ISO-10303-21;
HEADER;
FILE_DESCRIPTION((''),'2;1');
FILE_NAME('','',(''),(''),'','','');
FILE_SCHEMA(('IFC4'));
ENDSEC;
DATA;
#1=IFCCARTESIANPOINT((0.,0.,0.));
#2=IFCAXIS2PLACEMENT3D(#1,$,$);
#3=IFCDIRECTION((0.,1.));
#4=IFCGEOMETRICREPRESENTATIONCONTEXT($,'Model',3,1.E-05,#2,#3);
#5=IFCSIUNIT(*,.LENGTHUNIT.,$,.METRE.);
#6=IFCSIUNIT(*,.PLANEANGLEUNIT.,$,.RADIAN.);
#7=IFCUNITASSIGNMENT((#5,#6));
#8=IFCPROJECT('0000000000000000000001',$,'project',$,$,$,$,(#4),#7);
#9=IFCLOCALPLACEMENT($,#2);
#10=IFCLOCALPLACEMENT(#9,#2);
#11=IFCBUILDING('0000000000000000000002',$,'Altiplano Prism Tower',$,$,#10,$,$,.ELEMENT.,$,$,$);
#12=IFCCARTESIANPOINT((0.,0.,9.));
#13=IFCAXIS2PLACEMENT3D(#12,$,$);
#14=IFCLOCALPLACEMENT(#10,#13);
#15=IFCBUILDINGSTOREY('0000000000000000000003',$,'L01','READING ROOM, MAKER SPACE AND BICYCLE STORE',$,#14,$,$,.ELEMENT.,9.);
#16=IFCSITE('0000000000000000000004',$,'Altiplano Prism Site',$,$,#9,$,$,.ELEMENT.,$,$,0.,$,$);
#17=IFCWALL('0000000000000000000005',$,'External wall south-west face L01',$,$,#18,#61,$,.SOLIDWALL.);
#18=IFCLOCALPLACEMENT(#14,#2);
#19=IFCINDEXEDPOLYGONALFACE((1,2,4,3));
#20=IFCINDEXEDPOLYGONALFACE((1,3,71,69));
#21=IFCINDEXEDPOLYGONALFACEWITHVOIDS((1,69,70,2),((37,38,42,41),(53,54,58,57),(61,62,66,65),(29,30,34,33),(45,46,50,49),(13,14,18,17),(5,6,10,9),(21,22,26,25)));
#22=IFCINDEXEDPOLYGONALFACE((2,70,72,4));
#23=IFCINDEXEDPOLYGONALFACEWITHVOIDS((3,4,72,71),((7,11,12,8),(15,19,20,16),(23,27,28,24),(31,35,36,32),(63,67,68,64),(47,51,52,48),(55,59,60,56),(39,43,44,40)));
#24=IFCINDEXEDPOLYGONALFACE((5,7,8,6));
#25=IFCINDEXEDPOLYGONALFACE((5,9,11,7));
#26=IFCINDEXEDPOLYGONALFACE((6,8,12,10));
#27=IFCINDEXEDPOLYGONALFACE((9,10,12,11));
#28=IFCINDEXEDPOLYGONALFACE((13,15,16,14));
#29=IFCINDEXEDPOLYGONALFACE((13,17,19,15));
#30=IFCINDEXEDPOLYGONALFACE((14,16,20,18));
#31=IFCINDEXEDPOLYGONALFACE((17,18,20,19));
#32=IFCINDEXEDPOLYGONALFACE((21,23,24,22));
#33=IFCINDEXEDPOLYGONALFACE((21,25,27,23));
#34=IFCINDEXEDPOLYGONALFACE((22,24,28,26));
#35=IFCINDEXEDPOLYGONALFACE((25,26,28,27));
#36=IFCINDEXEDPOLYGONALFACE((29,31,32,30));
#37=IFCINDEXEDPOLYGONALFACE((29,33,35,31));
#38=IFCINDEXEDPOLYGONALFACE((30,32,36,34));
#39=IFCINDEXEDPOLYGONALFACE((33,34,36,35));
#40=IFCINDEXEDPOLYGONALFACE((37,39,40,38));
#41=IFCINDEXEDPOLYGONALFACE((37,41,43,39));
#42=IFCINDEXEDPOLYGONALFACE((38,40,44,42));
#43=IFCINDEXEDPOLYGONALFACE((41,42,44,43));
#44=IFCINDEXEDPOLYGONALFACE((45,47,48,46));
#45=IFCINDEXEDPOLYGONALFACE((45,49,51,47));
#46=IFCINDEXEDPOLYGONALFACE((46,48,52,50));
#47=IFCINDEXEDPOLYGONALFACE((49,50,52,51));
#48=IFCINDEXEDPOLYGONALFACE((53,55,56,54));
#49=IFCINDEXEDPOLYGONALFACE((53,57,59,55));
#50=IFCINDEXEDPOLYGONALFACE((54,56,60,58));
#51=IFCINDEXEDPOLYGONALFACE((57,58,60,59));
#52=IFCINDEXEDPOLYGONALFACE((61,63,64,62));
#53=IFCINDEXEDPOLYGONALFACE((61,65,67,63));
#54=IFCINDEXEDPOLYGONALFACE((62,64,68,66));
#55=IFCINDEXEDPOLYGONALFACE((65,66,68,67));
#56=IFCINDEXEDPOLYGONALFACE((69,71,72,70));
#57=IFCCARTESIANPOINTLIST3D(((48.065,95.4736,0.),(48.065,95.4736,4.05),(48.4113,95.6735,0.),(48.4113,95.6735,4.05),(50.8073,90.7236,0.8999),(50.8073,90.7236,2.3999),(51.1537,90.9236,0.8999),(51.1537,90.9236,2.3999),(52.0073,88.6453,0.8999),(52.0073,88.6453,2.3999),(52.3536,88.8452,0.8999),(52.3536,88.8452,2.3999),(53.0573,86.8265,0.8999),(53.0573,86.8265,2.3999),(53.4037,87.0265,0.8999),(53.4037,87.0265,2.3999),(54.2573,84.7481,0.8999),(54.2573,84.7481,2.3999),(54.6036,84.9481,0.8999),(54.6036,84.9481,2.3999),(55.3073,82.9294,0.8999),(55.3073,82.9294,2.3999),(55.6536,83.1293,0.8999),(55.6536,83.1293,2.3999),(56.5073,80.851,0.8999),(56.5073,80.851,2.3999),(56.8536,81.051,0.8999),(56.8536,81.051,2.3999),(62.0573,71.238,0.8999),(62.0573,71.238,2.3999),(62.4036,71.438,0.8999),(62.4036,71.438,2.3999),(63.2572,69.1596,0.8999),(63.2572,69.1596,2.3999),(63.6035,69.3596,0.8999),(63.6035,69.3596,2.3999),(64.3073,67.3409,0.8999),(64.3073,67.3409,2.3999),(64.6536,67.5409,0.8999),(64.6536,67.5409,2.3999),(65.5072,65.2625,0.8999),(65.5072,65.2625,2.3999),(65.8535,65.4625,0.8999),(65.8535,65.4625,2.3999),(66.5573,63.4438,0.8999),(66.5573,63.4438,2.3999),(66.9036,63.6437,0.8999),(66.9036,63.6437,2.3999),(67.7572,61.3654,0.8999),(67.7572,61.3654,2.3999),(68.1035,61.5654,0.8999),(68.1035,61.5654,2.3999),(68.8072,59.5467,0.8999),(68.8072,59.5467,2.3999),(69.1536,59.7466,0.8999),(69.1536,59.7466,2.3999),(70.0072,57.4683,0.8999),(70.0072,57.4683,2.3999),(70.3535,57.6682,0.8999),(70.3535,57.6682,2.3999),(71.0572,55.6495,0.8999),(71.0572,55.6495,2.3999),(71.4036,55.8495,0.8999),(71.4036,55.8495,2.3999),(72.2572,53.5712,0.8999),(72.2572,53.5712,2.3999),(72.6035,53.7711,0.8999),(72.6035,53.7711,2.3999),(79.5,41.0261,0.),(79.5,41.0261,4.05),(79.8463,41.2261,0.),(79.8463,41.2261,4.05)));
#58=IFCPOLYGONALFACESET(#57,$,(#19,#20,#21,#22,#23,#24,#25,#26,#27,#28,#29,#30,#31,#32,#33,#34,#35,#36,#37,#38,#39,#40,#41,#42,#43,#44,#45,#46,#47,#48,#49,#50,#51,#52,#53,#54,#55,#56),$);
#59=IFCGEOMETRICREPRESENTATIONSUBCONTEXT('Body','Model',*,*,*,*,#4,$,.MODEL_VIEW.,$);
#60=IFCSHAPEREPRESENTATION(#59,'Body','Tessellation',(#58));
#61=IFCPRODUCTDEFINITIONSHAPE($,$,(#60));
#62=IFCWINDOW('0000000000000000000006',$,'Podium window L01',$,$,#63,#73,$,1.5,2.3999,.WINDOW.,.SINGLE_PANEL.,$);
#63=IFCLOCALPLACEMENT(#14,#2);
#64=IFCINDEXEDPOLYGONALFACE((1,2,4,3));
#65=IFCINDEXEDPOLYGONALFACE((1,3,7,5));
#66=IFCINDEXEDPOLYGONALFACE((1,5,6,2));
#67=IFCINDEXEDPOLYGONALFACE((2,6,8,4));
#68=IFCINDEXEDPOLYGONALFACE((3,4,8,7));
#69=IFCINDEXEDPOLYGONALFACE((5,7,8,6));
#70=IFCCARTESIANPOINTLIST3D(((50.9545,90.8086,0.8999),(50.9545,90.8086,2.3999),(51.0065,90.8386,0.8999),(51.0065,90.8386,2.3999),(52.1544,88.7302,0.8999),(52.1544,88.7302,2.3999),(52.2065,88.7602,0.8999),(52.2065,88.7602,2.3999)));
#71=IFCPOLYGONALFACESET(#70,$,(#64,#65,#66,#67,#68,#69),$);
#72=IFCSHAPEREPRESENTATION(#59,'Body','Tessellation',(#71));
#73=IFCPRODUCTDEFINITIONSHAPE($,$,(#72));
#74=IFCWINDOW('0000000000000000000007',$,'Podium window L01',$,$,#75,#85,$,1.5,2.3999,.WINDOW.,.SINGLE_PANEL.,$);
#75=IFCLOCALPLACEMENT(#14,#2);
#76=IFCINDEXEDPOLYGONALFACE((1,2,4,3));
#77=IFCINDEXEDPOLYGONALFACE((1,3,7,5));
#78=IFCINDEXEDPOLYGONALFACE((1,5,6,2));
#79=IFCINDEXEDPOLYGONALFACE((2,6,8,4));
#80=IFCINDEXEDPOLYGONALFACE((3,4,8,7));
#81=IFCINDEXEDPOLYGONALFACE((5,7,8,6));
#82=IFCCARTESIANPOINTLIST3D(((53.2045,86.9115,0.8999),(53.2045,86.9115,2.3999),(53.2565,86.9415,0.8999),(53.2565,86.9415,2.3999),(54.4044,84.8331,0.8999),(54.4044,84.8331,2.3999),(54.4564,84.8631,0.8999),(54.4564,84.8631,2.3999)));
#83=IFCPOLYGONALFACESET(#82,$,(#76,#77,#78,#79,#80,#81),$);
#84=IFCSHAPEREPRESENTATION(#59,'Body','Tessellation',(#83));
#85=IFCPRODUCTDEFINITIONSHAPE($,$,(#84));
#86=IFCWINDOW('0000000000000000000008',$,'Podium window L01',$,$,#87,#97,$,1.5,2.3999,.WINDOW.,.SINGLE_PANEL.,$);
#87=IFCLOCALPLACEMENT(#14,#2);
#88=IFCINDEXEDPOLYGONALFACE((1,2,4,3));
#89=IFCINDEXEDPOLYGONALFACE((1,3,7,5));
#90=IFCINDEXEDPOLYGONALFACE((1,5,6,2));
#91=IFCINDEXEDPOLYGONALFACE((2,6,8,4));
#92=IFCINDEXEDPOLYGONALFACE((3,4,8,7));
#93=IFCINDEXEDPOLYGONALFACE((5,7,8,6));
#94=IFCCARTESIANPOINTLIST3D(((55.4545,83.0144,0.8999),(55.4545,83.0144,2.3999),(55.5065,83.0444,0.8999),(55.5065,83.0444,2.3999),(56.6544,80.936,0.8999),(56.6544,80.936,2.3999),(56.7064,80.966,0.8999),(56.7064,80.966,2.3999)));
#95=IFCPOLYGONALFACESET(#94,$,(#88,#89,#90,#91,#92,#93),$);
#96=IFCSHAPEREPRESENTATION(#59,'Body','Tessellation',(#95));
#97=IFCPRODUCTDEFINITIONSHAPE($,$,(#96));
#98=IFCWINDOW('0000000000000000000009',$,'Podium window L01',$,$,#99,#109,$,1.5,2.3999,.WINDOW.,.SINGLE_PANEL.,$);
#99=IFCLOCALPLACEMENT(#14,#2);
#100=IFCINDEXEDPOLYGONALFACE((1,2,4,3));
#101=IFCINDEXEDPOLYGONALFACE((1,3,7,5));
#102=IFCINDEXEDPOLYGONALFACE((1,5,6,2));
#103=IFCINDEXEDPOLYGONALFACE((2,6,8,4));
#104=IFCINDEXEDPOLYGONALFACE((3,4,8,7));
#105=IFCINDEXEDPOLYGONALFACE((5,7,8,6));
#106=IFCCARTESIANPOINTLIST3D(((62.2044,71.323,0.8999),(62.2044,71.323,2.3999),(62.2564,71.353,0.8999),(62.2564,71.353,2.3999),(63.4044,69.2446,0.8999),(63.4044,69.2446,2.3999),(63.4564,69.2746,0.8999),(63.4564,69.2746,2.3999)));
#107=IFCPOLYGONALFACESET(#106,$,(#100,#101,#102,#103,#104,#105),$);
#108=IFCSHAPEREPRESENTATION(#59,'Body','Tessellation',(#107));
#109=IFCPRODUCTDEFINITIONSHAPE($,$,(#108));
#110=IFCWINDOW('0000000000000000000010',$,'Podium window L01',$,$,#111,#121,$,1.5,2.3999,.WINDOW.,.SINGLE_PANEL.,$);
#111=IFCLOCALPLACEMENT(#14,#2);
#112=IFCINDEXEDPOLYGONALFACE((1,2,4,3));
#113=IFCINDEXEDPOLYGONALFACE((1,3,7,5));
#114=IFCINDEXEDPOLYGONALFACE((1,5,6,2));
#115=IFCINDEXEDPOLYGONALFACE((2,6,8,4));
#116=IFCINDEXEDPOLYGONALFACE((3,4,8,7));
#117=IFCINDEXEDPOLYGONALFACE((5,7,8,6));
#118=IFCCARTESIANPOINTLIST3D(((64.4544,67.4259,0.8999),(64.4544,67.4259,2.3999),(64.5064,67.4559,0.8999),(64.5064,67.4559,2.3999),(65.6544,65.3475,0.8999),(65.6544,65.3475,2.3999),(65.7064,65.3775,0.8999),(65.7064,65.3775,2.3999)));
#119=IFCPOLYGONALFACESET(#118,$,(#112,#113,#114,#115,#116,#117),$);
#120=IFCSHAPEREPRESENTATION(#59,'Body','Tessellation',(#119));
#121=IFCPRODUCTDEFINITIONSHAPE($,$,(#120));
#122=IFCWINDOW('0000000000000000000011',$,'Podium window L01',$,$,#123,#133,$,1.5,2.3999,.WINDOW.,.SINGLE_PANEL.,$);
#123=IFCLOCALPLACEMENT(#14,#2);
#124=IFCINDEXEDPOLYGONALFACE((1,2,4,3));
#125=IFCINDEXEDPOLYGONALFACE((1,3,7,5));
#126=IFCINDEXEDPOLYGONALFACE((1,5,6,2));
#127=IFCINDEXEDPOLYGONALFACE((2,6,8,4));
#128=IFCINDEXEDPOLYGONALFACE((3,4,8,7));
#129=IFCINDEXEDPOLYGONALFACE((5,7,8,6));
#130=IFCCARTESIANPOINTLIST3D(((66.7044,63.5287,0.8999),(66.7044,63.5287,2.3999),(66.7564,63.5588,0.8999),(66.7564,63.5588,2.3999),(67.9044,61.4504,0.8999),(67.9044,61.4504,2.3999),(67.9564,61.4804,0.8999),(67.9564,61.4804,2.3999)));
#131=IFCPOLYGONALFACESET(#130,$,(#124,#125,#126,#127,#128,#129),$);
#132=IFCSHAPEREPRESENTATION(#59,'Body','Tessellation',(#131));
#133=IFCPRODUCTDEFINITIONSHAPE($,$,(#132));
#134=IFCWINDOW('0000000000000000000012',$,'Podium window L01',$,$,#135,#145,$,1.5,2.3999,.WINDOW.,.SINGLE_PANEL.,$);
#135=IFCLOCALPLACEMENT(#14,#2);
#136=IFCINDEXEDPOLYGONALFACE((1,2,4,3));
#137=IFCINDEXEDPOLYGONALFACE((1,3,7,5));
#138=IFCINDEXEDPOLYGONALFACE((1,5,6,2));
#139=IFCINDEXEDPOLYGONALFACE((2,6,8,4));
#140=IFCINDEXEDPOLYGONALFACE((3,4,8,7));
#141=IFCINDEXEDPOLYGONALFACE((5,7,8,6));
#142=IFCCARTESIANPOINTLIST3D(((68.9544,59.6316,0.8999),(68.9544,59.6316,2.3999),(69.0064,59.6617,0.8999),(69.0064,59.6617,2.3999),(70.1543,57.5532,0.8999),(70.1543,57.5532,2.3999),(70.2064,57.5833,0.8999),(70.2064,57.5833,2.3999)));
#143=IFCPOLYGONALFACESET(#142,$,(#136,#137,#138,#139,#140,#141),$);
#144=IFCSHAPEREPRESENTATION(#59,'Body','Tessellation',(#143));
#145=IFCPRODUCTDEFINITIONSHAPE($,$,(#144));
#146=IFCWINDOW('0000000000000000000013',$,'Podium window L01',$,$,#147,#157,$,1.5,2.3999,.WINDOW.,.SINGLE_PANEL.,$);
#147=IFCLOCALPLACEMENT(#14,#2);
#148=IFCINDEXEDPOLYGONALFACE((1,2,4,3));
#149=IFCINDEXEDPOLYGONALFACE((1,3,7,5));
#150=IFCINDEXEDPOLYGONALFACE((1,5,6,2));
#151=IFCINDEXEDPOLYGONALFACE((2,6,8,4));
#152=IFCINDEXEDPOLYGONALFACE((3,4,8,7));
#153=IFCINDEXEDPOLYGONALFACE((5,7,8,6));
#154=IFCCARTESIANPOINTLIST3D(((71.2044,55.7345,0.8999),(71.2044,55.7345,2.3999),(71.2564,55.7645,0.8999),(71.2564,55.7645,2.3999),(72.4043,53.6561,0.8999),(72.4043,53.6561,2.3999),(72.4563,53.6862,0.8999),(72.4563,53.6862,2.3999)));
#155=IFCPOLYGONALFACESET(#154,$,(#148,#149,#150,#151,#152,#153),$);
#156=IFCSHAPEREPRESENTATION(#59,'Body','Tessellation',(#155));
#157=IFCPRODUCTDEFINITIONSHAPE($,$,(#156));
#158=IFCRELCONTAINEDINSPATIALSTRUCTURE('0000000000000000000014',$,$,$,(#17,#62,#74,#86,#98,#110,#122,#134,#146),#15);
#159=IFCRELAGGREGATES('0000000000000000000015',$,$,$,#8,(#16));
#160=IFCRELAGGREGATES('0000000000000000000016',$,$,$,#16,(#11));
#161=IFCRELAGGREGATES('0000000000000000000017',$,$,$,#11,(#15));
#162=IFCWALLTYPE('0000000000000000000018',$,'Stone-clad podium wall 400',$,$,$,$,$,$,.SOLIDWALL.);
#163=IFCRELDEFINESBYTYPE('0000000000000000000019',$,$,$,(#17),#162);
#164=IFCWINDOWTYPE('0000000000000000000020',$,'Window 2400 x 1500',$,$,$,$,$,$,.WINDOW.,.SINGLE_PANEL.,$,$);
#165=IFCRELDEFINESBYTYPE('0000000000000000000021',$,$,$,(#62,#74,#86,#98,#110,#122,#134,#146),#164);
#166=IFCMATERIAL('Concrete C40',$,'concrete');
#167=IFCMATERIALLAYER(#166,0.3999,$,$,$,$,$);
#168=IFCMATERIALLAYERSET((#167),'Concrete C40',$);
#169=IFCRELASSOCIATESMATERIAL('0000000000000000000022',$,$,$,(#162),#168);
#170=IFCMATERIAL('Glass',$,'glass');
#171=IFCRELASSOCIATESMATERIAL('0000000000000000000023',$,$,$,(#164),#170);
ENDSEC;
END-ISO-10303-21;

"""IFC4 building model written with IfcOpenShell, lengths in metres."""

from ifc_helpers import new_model, si_unit, direction, frame, frame_2d, origin, place, context, subcontext, project, spatial, rectangle, extrude, material, layer, layer_set, type_object, element, fill, save


model = new_model("IFC4")

# Units and contexts
model_context = context("Model", 3, precision=1e-05, world=origin(), true_north=direction((0.0, 1.0)))
body_context = subcontext(model_context, "Body", "Model", "MODEL_VIEW")
ifc_project = project(units=[si_unit("LENGTHUNIT", "METRE"), si_unit("PLANEANGLEUNIT", "RADIAN")], contexts=[model_context])

# Site, building, storey
site_placement = place(None, origin())
site = spatial("IfcSite", under=ifc_project, at=site_placement, Name="Altiplano Prism Site", CompositionType="ELEMENT", RefElevation=0.0)
building_placement = place(site_placement, origin())
building = spatial("IfcBuilding", under=site, at=building_placement, Name="Altiplano Prism Tower", CompositionType="ELEMENT")
storey_placement = place(building_placement, frame((0.0, 0.0, 9.0)))
storey = spatial("IfcBuildingStorey", under=building, at=storey_placement, Name="L01", Description="READING ROOM, MAKER SPACE AND BICYCLE STORE", CompositionType="ELEMENT", Elevation=9.0)

# Wall, openings, windows
ifc_material_1 = material(Name="Concrete C40", Category="concrete")
ifc_layer_1 = layer(ifc_material_1, 0.3999)
ifc_layer_set_1 = layer_set([ifc_layer_1], Name="Concrete C40")
wall_type_1 = type_object("IfcWallType", Name="Stone-clad podium wall 400", PredefinedType="SOLIDWALL", material=ifc_layer_set_1)
wall_1_placement = place(storey_placement, frame((79.6731, 41.1262, 0.0), z_axis=(0.0, 0.0, 1.0), x_axis=(-0.499997, 0.866027, 0.0)))
wall_1 = element("IfcWall", 1, at=wall_1_placement, inside=storey, type_object=wall_type_1, Name="External wall south-west face L01", PredefinedType="SOLIDWALL", context=body_context, shape_type="SweptSolid", body=[
    extrude(rectangle(XDim=62.8704, YDim=0.3999, at=frame_2d((31.4351, 0.0))), origin(), (0.0, 0.0, 1.0), 4.05),
])
opening_1_placement = place(wall_1_placement, frame((54.9856, 0.0, 0.8999)))
opening_1 = element("IfcOpeningElement", 2, at=opening_1_placement, cuts=wall_1, PredefinedType="OPENING", context=body_context, shape_type="SweptSolid", body=[
    extrude(rectangle(XDim=2.3999, YDim=1.5, at=frame_2d((1.2, 0.75))), frame((0.0, 0.2104, 0.0), z_axis=(0.0, -1.0, 0.0), x_axis=(1.0, 0.0, 0.0)), (0.0, 0.0, 1.0), 0.4209),
])
opening_2_placement = place(wall_1_placement, frame((50.4856, 0.0, 0.8999)))
opening_2 = element("IfcOpeningElement", 3, at=opening_2_placement, cuts=wall_1, PredefinedType="OPENING", context=body_context, shape_type="SweptSolid", body=[
    extrude(rectangle(XDim=2.3999, YDim=1.5, at=frame_2d((1.2, 0.75))), frame((0.0, 0.2104, 0.0), z_axis=(0.0, -1.0, 0.0), x_axis=(1.0, 0.0, 0.0)), (0.0, 0.0, 1.0), 0.4209),
])
opening_3_placement = place(wall_1_placement, frame((45.9856, 0.0, 0.8999)))
opening_3 = element("IfcOpeningElement", 4, at=opening_3_placement, cuts=wall_1, PredefinedType="OPENING", context=body_context, shape_type="SweptSolid", body=[
    extrude(rectangle(XDim=2.3999, YDim=1.5, at=frame_2d((1.2, 0.75))), frame((0.0, 0.2104, 0.0), z_axis=(0.0, -1.0, 0.0), x_axis=(1.0, 0.0, 0.0)), (0.0, 0.0, 1.0), 0.4209),
])
opening_4_placement = place(wall_1_placement, frame((32.4856, 0.0, 0.8999)))
opening_4 = element("IfcOpeningElement", 5, at=opening_4_placement, cuts=wall_1, PredefinedType="OPENING", context=body_context, shape_type="SweptSolid", body=[
    extrude(rectangle(XDim=2.3999, YDim=1.5, at=frame_2d((1.2, 0.75))), frame((0.0, 0.2104, 0.0), z_axis=(0.0, -1.0, 0.0), x_axis=(1.0, 0.0, 0.0)), (0.0, 0.0, 1.0), 0.4209),
])
opening_5_placement = place(wall_1_placement, frame((27.9856, 0.0, 0.8999)))
opening_5 = element("IfcOpeningElement", 6, at=opening_5_placement, cuts=wall_1, PredefinedType="OPENING", context=body_context, shape_type="SweptSolid", body=[
    extrude(rectangle(XDim=2.3999, YDim=1.5, at=frame_2d((1.2, 0.75))), frame((0.0, 0.2104, 0.0), z_axis=(0.0, -1.0, 0.0), x_axis=(1.0, 0.0, 0.0)), (0.0, 0.0, 1.0), 0.4209),
])
opening_6_placement = place(wall_1_placement, frame((23.4856, 0.0, 0.8999)))
opening_6 = element("IfcOpeningElement", 7, at=opening_6_placement, cuts=wall_1, PredefinedType="OPENING", context=body_context, shape_type="SweptSolid", body=[
    extrude(rectangle(XDim=2.3999, YDim=1.5, at=frame_2d((1.2, 0.75))), frame((0.0, 0.2104, 0.0), z_axis=(0.0, -1.0, 0.0), x_axis=(1.0, 0.0, 0.0)), (0.0, 0.0, 1.0), 0.4209),
])
opening_7_placement = place(wall_1_placement, frame((18.9856, 0.0, 0.8999)))
opening_7 = element("IfcOpeningElement", 8, at=opening_7_placement, cuts=wall_1, PredefinedType="OPENING", context=body_context, shape_type="SweptSolid", body=[
    extrude(rectangle(XDim=2.3999, YDim=1.5, at=frame_2d((1.2, 0.75))), frame((0.0, 0.2104, 0.0), z_axis=(0.0, -1.0, 0.0), x_axis=(1.0, 0.0, 0.0)), (0.0, 0.0, 1.0), 0.4209),
])
opening_8_placement = place(wall_1_placement, frame((14.4856, 0.0, 0.8999)))
opening_8 = element("IfcOpeningElement", 9, at=opening_8_placement, cuts=wall_1, PredefinedType="OPENING", context=body_context, shape_type="SweptSolid", body=[
    extrude(rectangle(XDim=2.3999, YDim=1.5, at=frame_2d((1.2, 0.75))), frame((0.0, 0.2104, 0.0), z_axis=(0.0, -1.0, 0.0), x_axis=(1.0, 0.0, 0.0)), (0.0, 0.0, 1.0), 0.4209),
])
ifc_material_2 = material(Name="Glass", Category="glass")
window_type = type_object("IfcWindowType", Name="Window 2400 x 1500", PartitioningType="SINGLE_PANEL", PredefinedType="WINDOW", material=ifc_material_2)
window_1_placement = place(opening_1_placement, origin())
window_1 = element("IfcWindow", 10, at=window_1_placement, inside=storey, type_object=window_type, Name="Podium window L01", OverallHeight=1.5, OverallWidth=2.3999, PartitioningType="SINGLE_PANEL", PredefinedType="WINDOW", context=body_context, shape_type="SweptSolid", body=[
    extrude(rectangle(XDim=2.3999, YDim=1.5, at=frame_2d((1.2, 0.75))), frame((0.0, 0.03, 0.0), z_axis=(0.0, -1.0, 0.0), x_axis=(1.0, 0.0, 0.0)), (0.0, 0.0, 1.0), 0.0601),
])
fill(opening_1, window_1)
window_2_placement = place(opening_2_placement, origin())
window_2 = element("IfcWindow", 11, at=window_2_placement, inside=storey, type_object=window_type, Name="Podium window L01", OverallHeight=1.5, OverallWidth=2.3999, PartitioningType="SINGLE_PANEL", PredefinedType="WINDOW", context=body_context, shape_type="SweptSolid", body=[
    extrude(rectangle(XDim=2.3999, YDim=1.5, at=frame_2d((1.2, 0.75))), frame((0.0, 0.03, 0.0), z_axis=(0.0, -1.0, 0.0), x_axis=(1.0, 0.0, 0.0)), (0.0, 0.0, 1.0), 0.0601),
])
fill(opening_2, window_2)
window_3_placement = place(opening_3_placement, origin())
window_3 = element("IfcWindow", 12, at=window_3_placement, inside=storey, type_object=window_type, Name="Podium window L01", OverallHeight=1.5, OverallWidth=2.3999, PartitioningType="SINGLE_PANEL", PredefinedType="WINDOW", context=body_context, shape_type="SweptSolid", body=[
    extrude(rectangle(XDim=2.3999, YDim=1.5, at=frame_2d((1.2, 0.75))), frame((0.0, 0.03, 0.0), z_axis=(0.0, -1.0, 0.0), x_axis=(1.0, 0.0, 0.0)), (0.0, 0.0, 1.0), 0.0601),
])
fill(opening_3, window_3)
window_4_placement = place(opening_4_placement, origin())
window_4 = element("IfcWindow", 13, at=window_4_placement, inside=storey, type_object=window_type, Name="Podium window L01", OverallHeight=1.5, OverallWidth=2.3999, PartitioningType="SINGLE_PANEL", PredefinedType="WINDOW", context=body_context, shape_type="SweptSolid", body=[
    extrude(rectangle(XDim=2.3999, YDim=1.5, at=frame_2d((1.2, 0.75))), frame((0.0, 0.03, 0.0), z_axis=(0.0, -1.0, 0.0), x_axis=(1.0, 0.0, 0.0)), (0.0, 0.0, 1.0), 0.0601),
])
fill(opening_4, window_4)
window_5_placement = place(opening_5_placement, origin())
window_5 = element("IfcWindow", 14, at=window_5_placement, inside=storey, type_object=window_type, Name="Podium window L01", OverallHeight=1.5, OverallWidth=2.3999, PartitioningType="SINGLE_PANEL", PredefinedType="WINDOW", context=body_context, shape_type="SweptSolid", body=[
    extrude(rectangle(XDim=2.3999, YDim=1.5, at=frame_2d((1.2, 0.75))), frame((0.0, 0.03, 0.0), z_axis=(0.0, -1.0, 0.0), x_axis=(1.0, 0.0, 0.0)), (0.0, 0.0, 1.0), 0.0601),
])
fill(opening_5, window_5)
window_6_placement = place(opening_6_placement, origin())
window_6 = element("IfcWindow", 15, at=window_6_placement, inside=storey, type_object=window_type, Name="Podium window L01", OverallHeight=1.5, OverallWidth=2.3999, PartitioningType="SINGLE_PANEL", PredefinedType="WINDOW", context=body_context, shape_type="SweptSolid", body=[
    extrude(rectangle(XDim=2.3999, YDim=1.5, at=frame_2d((1.2, 0.75))), frame((0.0, 0.03, 0.0), z_axis=(0.0, -1.0, 0.0), x_axis=(1.0, 0.0, 0.0)), (0.0, 0.0, 1.0), 0.0601),
])
fill(opening_6, window_6)
window_7_placement = place(opening_7_placement, origin())
window_7 = element("IfcWindow", 16, at=window_7_placement, inside=storey, type_object=window_type, Name="Podium window L01", OverallHeight=1.5, OverallWidth=2.3999, PartitioningType="SINGLE_PANEL", PredefinedType="WINDOW", context=body_context, shape_type="SweptSolid", body=[
    extrude(rectangle(XDim=2.3999, YDim=1.5, at=frame_2d((1.2, 0.75))), frame((0.0, 0.03, 0.0), z_axis=(0.0, -1.0, 0.0), x_axis=(1.0, 0.0, 0.0)), (0.0, 0.0, 1.0), 0.0601),
])
fill(opening_7, window_7)
window_8_placement = place(opening_8_placement, origin())
window_8 = element("IfcWindow", 17, at=window_8_placement, inside=storey, type_object=window_type, Name="Podium window L01", OverallHeight=1.5, OverallWidth=2.3999, PartitioningType="SINGLE_PANEL", PredefinedType="WINDOW", context=body_context, shape_type="SweptSolid", body=[
    extrude(rectangle(XDim=2.3999, YDim=1.5, at=frame_2d((1.2, 0.75))), frame((0.0, 0.03, 0.0), z_axis=(0.0, -1.0, 0.0), x_axis=(1.0, 0.0, 0.0)), (0.0, 0.0, 1.0), 0.0601),
])
fill(opening_8, window_8)

save(model, "model.ifc")
